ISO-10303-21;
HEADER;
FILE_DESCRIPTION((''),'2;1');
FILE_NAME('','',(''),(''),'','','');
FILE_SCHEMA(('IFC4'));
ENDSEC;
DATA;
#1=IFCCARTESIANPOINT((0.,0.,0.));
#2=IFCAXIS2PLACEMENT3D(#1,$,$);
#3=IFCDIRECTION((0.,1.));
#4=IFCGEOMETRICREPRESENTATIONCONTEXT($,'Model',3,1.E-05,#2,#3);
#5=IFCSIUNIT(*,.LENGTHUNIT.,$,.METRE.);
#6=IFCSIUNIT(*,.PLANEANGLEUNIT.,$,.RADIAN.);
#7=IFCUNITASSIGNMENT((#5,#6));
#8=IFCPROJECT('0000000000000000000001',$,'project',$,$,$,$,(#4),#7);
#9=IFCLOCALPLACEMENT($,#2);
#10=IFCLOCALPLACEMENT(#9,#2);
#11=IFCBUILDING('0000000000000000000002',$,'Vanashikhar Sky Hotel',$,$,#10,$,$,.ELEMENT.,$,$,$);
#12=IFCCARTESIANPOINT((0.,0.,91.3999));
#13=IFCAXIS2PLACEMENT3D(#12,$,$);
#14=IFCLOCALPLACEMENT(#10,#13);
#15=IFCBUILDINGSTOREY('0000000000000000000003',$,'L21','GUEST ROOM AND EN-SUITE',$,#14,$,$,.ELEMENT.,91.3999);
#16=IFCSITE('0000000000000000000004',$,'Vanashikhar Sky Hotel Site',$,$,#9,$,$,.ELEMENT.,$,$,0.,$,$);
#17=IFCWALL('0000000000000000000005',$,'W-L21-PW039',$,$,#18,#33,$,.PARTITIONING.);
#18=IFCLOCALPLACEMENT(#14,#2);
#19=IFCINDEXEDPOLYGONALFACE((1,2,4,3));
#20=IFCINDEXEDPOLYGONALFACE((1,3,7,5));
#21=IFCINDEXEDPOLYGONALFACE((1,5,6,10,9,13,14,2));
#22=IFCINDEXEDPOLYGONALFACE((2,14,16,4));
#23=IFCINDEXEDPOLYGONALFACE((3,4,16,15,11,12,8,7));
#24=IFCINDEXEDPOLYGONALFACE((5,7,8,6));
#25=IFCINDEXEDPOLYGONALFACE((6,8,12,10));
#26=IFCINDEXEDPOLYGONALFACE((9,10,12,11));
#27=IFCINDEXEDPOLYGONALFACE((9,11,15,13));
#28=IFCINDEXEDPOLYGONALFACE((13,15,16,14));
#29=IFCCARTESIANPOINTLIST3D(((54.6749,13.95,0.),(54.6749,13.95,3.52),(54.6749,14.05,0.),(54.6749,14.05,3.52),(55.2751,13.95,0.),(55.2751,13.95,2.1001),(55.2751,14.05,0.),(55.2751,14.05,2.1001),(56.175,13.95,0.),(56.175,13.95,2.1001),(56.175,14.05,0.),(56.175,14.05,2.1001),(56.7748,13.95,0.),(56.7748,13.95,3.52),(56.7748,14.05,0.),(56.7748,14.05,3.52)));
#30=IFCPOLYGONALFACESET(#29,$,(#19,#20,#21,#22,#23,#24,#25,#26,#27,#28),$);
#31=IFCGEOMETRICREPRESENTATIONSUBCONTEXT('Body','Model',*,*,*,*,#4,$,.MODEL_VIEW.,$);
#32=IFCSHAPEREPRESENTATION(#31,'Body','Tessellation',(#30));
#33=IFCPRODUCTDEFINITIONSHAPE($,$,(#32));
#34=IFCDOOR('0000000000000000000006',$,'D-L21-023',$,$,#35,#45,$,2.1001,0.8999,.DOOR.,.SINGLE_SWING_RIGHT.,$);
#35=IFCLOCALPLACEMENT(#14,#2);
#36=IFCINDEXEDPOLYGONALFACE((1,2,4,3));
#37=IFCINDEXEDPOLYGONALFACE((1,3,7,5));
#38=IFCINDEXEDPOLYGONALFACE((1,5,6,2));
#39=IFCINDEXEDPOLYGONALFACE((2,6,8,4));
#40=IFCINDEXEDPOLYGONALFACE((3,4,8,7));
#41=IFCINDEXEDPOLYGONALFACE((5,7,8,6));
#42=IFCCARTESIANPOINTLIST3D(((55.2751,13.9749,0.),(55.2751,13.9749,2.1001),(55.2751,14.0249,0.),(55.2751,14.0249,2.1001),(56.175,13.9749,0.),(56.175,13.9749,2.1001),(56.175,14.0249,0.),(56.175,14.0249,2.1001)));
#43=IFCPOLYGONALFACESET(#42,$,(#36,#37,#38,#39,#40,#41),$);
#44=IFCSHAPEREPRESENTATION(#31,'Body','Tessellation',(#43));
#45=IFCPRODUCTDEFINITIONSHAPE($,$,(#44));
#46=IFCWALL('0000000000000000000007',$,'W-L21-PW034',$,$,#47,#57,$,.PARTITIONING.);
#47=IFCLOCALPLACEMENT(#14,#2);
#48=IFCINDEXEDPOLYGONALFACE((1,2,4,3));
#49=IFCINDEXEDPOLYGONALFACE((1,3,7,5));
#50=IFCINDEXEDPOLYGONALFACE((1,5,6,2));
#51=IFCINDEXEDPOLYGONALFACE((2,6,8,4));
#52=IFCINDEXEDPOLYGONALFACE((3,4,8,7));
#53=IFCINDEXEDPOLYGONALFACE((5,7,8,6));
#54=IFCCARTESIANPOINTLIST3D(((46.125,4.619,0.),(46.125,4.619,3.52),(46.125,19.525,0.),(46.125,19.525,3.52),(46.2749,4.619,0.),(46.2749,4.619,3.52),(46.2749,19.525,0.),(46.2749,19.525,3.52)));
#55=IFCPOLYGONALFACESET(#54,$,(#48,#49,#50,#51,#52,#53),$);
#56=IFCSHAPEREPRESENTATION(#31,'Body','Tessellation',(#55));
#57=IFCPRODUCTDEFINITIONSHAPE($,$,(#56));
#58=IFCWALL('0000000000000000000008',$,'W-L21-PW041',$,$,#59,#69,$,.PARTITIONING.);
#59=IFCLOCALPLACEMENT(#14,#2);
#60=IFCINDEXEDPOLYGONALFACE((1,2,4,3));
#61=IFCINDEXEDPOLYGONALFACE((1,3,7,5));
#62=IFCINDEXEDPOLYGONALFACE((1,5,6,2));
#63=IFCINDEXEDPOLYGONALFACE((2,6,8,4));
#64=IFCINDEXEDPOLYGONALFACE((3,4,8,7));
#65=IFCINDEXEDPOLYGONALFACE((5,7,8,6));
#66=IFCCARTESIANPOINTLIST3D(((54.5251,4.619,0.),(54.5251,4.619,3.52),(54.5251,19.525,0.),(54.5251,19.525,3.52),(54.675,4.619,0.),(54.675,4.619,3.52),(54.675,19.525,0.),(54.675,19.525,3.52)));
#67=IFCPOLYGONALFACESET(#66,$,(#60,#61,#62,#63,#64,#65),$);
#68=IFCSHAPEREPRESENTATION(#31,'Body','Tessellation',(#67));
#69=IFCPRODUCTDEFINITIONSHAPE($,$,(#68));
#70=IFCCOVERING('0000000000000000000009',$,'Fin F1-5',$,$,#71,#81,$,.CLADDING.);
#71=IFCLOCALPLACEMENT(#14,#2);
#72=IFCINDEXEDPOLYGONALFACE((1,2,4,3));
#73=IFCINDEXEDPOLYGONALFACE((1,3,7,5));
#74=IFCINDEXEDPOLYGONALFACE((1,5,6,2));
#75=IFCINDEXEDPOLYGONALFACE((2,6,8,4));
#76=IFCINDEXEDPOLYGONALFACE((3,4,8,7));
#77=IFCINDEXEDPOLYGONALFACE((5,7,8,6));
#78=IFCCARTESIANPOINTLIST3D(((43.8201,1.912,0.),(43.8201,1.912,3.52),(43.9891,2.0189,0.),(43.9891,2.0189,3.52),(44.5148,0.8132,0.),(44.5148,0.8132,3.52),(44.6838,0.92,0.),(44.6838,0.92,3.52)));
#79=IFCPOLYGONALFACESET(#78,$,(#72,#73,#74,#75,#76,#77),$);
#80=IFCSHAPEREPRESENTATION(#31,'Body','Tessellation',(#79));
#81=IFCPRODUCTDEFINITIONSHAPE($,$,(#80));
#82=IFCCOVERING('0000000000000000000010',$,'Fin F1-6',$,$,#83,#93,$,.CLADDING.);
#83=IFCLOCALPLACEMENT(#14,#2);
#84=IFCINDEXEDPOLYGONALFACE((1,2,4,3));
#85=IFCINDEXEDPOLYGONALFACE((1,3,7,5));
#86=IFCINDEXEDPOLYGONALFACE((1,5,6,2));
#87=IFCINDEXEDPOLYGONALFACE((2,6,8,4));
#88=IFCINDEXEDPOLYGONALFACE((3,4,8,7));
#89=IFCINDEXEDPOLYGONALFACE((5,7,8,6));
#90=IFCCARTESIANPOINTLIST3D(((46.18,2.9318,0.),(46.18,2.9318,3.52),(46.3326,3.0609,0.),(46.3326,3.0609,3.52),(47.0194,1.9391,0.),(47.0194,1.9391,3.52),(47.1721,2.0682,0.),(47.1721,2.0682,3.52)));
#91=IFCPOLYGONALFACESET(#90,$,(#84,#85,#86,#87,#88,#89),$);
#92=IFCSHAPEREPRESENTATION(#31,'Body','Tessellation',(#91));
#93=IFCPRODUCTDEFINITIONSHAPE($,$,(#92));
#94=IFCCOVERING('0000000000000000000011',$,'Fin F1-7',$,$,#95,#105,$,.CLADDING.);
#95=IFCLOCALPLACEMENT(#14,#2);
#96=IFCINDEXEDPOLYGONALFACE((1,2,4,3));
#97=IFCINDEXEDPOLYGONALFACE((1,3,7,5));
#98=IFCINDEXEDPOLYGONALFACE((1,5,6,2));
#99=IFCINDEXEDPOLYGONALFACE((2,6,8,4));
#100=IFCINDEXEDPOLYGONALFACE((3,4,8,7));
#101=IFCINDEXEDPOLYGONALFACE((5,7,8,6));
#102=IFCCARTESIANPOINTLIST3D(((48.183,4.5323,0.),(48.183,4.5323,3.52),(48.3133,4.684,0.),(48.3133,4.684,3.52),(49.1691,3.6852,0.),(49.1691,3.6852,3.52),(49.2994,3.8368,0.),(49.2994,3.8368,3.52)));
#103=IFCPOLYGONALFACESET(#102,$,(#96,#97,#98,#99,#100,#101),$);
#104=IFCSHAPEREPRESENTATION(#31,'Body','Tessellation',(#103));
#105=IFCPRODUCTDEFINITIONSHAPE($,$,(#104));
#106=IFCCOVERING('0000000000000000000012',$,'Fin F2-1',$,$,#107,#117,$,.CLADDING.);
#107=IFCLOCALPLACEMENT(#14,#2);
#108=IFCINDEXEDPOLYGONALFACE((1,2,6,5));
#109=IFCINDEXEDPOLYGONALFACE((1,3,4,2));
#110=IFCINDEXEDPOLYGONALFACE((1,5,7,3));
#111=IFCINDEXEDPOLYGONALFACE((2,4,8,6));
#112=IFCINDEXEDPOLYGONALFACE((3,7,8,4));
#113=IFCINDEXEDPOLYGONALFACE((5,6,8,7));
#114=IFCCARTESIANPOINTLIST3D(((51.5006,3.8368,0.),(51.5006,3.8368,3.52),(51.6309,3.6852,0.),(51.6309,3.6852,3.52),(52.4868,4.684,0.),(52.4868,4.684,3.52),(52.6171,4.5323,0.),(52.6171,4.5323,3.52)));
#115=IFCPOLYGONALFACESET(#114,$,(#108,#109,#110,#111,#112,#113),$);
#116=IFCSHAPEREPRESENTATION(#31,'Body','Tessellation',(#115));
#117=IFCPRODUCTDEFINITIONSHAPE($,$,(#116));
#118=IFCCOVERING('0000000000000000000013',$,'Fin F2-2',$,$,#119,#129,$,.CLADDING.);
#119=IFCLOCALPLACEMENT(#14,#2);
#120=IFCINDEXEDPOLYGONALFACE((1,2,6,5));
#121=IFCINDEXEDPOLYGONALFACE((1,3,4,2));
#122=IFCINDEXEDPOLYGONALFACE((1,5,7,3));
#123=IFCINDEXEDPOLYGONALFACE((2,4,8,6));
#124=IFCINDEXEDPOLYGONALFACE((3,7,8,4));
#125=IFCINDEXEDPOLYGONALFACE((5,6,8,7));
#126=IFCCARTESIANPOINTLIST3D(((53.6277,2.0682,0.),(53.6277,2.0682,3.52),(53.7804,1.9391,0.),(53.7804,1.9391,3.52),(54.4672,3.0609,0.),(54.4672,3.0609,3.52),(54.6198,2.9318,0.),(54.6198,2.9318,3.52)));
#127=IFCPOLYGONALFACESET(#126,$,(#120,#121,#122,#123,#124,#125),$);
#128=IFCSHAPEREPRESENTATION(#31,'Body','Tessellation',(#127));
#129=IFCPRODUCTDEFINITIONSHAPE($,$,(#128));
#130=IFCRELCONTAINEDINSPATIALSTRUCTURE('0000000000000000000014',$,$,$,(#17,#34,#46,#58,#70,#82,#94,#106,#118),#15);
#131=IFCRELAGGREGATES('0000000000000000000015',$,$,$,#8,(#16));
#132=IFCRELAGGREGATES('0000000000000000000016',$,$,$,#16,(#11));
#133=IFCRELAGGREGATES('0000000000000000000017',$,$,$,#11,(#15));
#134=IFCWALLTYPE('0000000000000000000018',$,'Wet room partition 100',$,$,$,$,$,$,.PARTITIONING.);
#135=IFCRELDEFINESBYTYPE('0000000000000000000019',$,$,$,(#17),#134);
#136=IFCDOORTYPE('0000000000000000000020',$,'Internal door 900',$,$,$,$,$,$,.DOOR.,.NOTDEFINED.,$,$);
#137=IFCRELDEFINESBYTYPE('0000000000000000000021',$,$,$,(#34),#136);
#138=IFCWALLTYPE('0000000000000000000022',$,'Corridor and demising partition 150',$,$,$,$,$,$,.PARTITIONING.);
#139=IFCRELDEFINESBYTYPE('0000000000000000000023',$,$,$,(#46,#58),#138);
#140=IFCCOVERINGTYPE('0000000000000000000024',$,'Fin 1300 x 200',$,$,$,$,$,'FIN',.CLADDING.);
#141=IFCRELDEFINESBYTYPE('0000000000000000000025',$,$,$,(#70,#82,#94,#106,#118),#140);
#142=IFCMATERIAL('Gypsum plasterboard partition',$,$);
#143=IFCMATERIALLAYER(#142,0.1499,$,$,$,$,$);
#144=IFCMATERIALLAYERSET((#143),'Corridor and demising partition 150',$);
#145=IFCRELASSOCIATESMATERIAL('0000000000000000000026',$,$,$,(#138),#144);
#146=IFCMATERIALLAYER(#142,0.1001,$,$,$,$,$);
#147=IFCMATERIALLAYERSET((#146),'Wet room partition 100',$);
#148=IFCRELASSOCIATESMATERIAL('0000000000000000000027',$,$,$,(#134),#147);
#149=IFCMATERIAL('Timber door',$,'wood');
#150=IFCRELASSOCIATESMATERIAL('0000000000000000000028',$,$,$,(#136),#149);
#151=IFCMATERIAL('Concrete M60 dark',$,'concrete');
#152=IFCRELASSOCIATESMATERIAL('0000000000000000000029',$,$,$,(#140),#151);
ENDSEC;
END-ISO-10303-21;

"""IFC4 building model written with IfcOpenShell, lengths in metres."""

from ifc_helpers import new_model, si_unit, direction, frame, frame_2d, origin, origin_2d, place, context, subcontext, project, spatial, rectangle, extrude, source, transform, mapped, material, layer, layer_set, material_profile, profile_set, type_object, element, fill, save


model = new_model("IFC4")

# Units and contexts
model_context = context("Model", 3, precision=1e-05, world=origin(), true_north=direction((0.0, 1.0)))
body_context = subcontext(model_context, "Body", "Model", "MODEL_VIEW")
ifc_project = project(units=[si_unit("LENGTHUNIT", "METRE"), si_unit("PLANEANGLEUNIT", "RADIAN")], contexts=[model_context])

# Site, building, storey
site_placement = place(None, origin())
site = spatial("IfcSite", under=ifc_project, at=site_placement, Name="Vanashikhar Sky Hotel Site", CompositionType="ELEMENT", RefElevation=0.0)
building_placement = place(site_placement, origin())
building = spatial("IfcBuilding", under=site, at=building_placement, Name="Vanashikhar Sky Hotel", CompositionType="ELEMENT")
storey_placement = place(building_placement, frame((0.0, 0.0, 91.3999)))
storey = spatial("IfcBuildingStorey", under=building, at=storey_placement, Name="L21", Description="GUEST ROOM AND EN-SUITE", CompositionType="ELEMENT", Elevation=91.3999)

# Shared definitions
ifc_material_1 = material(Name="Gypsum plasterboard partition")
ifc_layer_1 = layer(ifc_material_1, 0.1499)
ifc_layer_set_1 = layer_set([ifc_layer_1], Name="Corridor and demising partition 150")
wall_type_1 = type_object("IfcWallType", Name="Corridor and demising partition 150", PredefinedType="PARTITIONING", material=ifc_layer_set_1)
ifc_layer_2 = layer(ifc_material_1, 0.1001)
ifc_layer_set_2 = layer_set([ifc_layer_2], Name="Wet room partition 100")
wall_type_2 = type_object("IfcWallType", Name="Wet room partition 100", PredefinedType="PARTITIONING", material=ifc_layer_set_2)

# Wall, opening, door
shared_shape_1 = source(origin(), body_context, "Body", "SweptSolid", [
    extrude(rectangle(XDim=0.8999, YDim=2.1001, at=frame_2d((0.45, 1.05))), frame((0.0, 0.0601, 0.0), z_axis=(0.0, -1.0, 0.0), x_axis=(1.0, 0.0, 0.0)), (0.0, 0.0, 1.0), 0.1201),
])
ifc_material_2 = material(Name="Timber door", Category="wood")
door_type = type_object("IfcDoorType", Name="Internal door 900", OperationType="NOTDEFINED", PredefinedType="DOOR", material=ifc_material_2)
shared_shape_2 = source(origin(), body_context, "Body", "SweptSolid", [
    extrude(rectangle(XDim=0.8999, YDim=2.1001, at=frame_2d((0.45, 1.05))), frame((0.0, 0.0249, 0.0), z_axis=(0.0, -1.0, 0.0), x_axis=(1.0, 0.0, 0.0)), (0.0, 0.0, 1.0), 0.05),
])
shared_shape_3 = source(origin(), body_context, "Body", "SweptSolid", [
    extrude(rectangle(XDim=2.0999, YDim=0.1001, at=frame_2d((1.0498, 0.0))), origin(), (0.0, 0.0, 1.0), 3.52),
])
wall_1_placement = place(storey_placement, frame((54.675, 14.0, 0.0), z_axis=(0.0, 0.0, 1.0), x_axis=(1.0, 0.0, 0.0)))
wall_1 = element("IfcWall", 1, at=wall_1_placement, inside=storey, type_object=wall_type_2, Name="W-L21-PW039", PredefinedType="PARTITIONING", context=body_context, shape_type="MappedRepresentation", body=[
    mapped(shared_shape_3, transform((0.0, 0.0, 0.0), scale=1.0)),
])
opening_1_placement = place(wall_1_placement, frame((0.6001, 0.0, 0.0)))
opening_1 = element("IfcOpeningElement", 2, at=opening_1_placement, cuts=wall_1, PredefinedType="OPENING", context=body_context, shape_type="MappedRepresentation", body=[
    mapped(shared_shape_1, transform((0.0, 0.0, 0.0), scale=1.0)),
])
door_1_placement = place(opening_1_placement, origin())
door_1 = element("IfcDoor", 3, at=door_1_placement, inside=storey, type_object=door_type, Name="D-L21-023", OperationType="SINGLE_SWING_RIGHT", OverallHeight=2.1001, OverallWidth=0.8999, PredefinedType="DOOR", context=body_context, shape_type="MappedRepresentation", body=[
    mapped(shared_shape_2, transform((0.0, 0.0, 0.0), scale=1.0)),
])
fill(opening_1, door_1)

# Walls
shared_shape_4 = source(origin(), body_context, "Body", "SweptSolid", [
    extrude(rectangle(XDim=14.906, YDim=0.1499, at=frame_2d((7.4531, 0.0))), origin(), (0.0, 0.0, 1.0), 3.52),
])
for number, where, z_axis, x_axis, name in (
    (4, (46.2, 4.6189, 0.0), (0.0, 0.0, 1.0), (0.0, 1.0, 0.0), "W-L21-PW034"),
    (5, (54.6001, 4.6189, 0.0), (0.0, 0.0, 1.0), (0.0, 1.0, 0.0), "W-L21-PW041"),
):
    element("IfcWall", number, at=place(storey_placement, frame(where, z_axis=z_axis, x_axis=x_axis)), inside=storey, type_object=wall_type_1, Name=name, PredefinedType="PARTITIONING", context=body_context, shape_type="MappedRepresentation", body=[
        mapped(shared_shape_4, transform((0.0, 0.0, 0.0), scale=1.0)),
    ])

# Coverings
ifc_material_3 = material(Name="Concrete M60 dark", Category="concrete")
ifc_material_profile = material_profile(ifc_material_3, rectangle(XDim=1.3, YDim=0.2, at=origin_2d()))
ifc_profile_set = profile_set([ifc_material_profile], Name="Fin 1300 x 200")
covering_type = type_object("IfcCoveringType", Name="Fin 1300 x 200", ElementType="FIN", PredefinedType="CLADDING", material=ifc_profile_set)
shared_shape_5 = source(origin(), body_context, "Body", "SweptSolid", [
    extrude(rectangle(XDim=1.3, YDim=0.2, at=origin_2d()), origin(), (0.0, 0.0, 1.0), 3.52),
])
for number, where, z_axis, x_axis, name in (
    (6, (44.252, 1.416, 0.0), (0.0, 0.0, 1.0), (0.534411, -0.845225, 0.0), "Fin F1-5"),
    (7, (46.676, 2.5, 0.0), (0.0, 0.0, 1.0), (0.645698, -0.763593, 0.0), "Fin F1-6"),
    (8, (48.7412, 4.1846, 0.0), (0.0, 0.0, 1.0), (0.758544, -0.651622, 0.0), "Fin F1-7"),
    (9, (52.0588, 4.1846, 0.0), (0.0, 0.0, 1.0), (-0.758544, -0.651622, 0.0), "Fin F2-1"),
    (10, (54.1238, 2.5, 0.0), (0.0, 0.0, 1.0), (-0.645698, -0.763593, 0.0), "Fin F2-2"),
):
    element("IfcCovering", number, at=place(storey_placement, frame(where, z_axis=z_axis, x_axis=x_axis)), inside=storey, type_object=covering_type, Name=name, PredefinedType="CLADDING", context=body_context, shape_type="MappedRepresentation", body=[
        mapped(shared_shape_5, transform((0.0, 0.0, 0.0), scale=1.0)),
    ])

save(model, "model.ifc")
